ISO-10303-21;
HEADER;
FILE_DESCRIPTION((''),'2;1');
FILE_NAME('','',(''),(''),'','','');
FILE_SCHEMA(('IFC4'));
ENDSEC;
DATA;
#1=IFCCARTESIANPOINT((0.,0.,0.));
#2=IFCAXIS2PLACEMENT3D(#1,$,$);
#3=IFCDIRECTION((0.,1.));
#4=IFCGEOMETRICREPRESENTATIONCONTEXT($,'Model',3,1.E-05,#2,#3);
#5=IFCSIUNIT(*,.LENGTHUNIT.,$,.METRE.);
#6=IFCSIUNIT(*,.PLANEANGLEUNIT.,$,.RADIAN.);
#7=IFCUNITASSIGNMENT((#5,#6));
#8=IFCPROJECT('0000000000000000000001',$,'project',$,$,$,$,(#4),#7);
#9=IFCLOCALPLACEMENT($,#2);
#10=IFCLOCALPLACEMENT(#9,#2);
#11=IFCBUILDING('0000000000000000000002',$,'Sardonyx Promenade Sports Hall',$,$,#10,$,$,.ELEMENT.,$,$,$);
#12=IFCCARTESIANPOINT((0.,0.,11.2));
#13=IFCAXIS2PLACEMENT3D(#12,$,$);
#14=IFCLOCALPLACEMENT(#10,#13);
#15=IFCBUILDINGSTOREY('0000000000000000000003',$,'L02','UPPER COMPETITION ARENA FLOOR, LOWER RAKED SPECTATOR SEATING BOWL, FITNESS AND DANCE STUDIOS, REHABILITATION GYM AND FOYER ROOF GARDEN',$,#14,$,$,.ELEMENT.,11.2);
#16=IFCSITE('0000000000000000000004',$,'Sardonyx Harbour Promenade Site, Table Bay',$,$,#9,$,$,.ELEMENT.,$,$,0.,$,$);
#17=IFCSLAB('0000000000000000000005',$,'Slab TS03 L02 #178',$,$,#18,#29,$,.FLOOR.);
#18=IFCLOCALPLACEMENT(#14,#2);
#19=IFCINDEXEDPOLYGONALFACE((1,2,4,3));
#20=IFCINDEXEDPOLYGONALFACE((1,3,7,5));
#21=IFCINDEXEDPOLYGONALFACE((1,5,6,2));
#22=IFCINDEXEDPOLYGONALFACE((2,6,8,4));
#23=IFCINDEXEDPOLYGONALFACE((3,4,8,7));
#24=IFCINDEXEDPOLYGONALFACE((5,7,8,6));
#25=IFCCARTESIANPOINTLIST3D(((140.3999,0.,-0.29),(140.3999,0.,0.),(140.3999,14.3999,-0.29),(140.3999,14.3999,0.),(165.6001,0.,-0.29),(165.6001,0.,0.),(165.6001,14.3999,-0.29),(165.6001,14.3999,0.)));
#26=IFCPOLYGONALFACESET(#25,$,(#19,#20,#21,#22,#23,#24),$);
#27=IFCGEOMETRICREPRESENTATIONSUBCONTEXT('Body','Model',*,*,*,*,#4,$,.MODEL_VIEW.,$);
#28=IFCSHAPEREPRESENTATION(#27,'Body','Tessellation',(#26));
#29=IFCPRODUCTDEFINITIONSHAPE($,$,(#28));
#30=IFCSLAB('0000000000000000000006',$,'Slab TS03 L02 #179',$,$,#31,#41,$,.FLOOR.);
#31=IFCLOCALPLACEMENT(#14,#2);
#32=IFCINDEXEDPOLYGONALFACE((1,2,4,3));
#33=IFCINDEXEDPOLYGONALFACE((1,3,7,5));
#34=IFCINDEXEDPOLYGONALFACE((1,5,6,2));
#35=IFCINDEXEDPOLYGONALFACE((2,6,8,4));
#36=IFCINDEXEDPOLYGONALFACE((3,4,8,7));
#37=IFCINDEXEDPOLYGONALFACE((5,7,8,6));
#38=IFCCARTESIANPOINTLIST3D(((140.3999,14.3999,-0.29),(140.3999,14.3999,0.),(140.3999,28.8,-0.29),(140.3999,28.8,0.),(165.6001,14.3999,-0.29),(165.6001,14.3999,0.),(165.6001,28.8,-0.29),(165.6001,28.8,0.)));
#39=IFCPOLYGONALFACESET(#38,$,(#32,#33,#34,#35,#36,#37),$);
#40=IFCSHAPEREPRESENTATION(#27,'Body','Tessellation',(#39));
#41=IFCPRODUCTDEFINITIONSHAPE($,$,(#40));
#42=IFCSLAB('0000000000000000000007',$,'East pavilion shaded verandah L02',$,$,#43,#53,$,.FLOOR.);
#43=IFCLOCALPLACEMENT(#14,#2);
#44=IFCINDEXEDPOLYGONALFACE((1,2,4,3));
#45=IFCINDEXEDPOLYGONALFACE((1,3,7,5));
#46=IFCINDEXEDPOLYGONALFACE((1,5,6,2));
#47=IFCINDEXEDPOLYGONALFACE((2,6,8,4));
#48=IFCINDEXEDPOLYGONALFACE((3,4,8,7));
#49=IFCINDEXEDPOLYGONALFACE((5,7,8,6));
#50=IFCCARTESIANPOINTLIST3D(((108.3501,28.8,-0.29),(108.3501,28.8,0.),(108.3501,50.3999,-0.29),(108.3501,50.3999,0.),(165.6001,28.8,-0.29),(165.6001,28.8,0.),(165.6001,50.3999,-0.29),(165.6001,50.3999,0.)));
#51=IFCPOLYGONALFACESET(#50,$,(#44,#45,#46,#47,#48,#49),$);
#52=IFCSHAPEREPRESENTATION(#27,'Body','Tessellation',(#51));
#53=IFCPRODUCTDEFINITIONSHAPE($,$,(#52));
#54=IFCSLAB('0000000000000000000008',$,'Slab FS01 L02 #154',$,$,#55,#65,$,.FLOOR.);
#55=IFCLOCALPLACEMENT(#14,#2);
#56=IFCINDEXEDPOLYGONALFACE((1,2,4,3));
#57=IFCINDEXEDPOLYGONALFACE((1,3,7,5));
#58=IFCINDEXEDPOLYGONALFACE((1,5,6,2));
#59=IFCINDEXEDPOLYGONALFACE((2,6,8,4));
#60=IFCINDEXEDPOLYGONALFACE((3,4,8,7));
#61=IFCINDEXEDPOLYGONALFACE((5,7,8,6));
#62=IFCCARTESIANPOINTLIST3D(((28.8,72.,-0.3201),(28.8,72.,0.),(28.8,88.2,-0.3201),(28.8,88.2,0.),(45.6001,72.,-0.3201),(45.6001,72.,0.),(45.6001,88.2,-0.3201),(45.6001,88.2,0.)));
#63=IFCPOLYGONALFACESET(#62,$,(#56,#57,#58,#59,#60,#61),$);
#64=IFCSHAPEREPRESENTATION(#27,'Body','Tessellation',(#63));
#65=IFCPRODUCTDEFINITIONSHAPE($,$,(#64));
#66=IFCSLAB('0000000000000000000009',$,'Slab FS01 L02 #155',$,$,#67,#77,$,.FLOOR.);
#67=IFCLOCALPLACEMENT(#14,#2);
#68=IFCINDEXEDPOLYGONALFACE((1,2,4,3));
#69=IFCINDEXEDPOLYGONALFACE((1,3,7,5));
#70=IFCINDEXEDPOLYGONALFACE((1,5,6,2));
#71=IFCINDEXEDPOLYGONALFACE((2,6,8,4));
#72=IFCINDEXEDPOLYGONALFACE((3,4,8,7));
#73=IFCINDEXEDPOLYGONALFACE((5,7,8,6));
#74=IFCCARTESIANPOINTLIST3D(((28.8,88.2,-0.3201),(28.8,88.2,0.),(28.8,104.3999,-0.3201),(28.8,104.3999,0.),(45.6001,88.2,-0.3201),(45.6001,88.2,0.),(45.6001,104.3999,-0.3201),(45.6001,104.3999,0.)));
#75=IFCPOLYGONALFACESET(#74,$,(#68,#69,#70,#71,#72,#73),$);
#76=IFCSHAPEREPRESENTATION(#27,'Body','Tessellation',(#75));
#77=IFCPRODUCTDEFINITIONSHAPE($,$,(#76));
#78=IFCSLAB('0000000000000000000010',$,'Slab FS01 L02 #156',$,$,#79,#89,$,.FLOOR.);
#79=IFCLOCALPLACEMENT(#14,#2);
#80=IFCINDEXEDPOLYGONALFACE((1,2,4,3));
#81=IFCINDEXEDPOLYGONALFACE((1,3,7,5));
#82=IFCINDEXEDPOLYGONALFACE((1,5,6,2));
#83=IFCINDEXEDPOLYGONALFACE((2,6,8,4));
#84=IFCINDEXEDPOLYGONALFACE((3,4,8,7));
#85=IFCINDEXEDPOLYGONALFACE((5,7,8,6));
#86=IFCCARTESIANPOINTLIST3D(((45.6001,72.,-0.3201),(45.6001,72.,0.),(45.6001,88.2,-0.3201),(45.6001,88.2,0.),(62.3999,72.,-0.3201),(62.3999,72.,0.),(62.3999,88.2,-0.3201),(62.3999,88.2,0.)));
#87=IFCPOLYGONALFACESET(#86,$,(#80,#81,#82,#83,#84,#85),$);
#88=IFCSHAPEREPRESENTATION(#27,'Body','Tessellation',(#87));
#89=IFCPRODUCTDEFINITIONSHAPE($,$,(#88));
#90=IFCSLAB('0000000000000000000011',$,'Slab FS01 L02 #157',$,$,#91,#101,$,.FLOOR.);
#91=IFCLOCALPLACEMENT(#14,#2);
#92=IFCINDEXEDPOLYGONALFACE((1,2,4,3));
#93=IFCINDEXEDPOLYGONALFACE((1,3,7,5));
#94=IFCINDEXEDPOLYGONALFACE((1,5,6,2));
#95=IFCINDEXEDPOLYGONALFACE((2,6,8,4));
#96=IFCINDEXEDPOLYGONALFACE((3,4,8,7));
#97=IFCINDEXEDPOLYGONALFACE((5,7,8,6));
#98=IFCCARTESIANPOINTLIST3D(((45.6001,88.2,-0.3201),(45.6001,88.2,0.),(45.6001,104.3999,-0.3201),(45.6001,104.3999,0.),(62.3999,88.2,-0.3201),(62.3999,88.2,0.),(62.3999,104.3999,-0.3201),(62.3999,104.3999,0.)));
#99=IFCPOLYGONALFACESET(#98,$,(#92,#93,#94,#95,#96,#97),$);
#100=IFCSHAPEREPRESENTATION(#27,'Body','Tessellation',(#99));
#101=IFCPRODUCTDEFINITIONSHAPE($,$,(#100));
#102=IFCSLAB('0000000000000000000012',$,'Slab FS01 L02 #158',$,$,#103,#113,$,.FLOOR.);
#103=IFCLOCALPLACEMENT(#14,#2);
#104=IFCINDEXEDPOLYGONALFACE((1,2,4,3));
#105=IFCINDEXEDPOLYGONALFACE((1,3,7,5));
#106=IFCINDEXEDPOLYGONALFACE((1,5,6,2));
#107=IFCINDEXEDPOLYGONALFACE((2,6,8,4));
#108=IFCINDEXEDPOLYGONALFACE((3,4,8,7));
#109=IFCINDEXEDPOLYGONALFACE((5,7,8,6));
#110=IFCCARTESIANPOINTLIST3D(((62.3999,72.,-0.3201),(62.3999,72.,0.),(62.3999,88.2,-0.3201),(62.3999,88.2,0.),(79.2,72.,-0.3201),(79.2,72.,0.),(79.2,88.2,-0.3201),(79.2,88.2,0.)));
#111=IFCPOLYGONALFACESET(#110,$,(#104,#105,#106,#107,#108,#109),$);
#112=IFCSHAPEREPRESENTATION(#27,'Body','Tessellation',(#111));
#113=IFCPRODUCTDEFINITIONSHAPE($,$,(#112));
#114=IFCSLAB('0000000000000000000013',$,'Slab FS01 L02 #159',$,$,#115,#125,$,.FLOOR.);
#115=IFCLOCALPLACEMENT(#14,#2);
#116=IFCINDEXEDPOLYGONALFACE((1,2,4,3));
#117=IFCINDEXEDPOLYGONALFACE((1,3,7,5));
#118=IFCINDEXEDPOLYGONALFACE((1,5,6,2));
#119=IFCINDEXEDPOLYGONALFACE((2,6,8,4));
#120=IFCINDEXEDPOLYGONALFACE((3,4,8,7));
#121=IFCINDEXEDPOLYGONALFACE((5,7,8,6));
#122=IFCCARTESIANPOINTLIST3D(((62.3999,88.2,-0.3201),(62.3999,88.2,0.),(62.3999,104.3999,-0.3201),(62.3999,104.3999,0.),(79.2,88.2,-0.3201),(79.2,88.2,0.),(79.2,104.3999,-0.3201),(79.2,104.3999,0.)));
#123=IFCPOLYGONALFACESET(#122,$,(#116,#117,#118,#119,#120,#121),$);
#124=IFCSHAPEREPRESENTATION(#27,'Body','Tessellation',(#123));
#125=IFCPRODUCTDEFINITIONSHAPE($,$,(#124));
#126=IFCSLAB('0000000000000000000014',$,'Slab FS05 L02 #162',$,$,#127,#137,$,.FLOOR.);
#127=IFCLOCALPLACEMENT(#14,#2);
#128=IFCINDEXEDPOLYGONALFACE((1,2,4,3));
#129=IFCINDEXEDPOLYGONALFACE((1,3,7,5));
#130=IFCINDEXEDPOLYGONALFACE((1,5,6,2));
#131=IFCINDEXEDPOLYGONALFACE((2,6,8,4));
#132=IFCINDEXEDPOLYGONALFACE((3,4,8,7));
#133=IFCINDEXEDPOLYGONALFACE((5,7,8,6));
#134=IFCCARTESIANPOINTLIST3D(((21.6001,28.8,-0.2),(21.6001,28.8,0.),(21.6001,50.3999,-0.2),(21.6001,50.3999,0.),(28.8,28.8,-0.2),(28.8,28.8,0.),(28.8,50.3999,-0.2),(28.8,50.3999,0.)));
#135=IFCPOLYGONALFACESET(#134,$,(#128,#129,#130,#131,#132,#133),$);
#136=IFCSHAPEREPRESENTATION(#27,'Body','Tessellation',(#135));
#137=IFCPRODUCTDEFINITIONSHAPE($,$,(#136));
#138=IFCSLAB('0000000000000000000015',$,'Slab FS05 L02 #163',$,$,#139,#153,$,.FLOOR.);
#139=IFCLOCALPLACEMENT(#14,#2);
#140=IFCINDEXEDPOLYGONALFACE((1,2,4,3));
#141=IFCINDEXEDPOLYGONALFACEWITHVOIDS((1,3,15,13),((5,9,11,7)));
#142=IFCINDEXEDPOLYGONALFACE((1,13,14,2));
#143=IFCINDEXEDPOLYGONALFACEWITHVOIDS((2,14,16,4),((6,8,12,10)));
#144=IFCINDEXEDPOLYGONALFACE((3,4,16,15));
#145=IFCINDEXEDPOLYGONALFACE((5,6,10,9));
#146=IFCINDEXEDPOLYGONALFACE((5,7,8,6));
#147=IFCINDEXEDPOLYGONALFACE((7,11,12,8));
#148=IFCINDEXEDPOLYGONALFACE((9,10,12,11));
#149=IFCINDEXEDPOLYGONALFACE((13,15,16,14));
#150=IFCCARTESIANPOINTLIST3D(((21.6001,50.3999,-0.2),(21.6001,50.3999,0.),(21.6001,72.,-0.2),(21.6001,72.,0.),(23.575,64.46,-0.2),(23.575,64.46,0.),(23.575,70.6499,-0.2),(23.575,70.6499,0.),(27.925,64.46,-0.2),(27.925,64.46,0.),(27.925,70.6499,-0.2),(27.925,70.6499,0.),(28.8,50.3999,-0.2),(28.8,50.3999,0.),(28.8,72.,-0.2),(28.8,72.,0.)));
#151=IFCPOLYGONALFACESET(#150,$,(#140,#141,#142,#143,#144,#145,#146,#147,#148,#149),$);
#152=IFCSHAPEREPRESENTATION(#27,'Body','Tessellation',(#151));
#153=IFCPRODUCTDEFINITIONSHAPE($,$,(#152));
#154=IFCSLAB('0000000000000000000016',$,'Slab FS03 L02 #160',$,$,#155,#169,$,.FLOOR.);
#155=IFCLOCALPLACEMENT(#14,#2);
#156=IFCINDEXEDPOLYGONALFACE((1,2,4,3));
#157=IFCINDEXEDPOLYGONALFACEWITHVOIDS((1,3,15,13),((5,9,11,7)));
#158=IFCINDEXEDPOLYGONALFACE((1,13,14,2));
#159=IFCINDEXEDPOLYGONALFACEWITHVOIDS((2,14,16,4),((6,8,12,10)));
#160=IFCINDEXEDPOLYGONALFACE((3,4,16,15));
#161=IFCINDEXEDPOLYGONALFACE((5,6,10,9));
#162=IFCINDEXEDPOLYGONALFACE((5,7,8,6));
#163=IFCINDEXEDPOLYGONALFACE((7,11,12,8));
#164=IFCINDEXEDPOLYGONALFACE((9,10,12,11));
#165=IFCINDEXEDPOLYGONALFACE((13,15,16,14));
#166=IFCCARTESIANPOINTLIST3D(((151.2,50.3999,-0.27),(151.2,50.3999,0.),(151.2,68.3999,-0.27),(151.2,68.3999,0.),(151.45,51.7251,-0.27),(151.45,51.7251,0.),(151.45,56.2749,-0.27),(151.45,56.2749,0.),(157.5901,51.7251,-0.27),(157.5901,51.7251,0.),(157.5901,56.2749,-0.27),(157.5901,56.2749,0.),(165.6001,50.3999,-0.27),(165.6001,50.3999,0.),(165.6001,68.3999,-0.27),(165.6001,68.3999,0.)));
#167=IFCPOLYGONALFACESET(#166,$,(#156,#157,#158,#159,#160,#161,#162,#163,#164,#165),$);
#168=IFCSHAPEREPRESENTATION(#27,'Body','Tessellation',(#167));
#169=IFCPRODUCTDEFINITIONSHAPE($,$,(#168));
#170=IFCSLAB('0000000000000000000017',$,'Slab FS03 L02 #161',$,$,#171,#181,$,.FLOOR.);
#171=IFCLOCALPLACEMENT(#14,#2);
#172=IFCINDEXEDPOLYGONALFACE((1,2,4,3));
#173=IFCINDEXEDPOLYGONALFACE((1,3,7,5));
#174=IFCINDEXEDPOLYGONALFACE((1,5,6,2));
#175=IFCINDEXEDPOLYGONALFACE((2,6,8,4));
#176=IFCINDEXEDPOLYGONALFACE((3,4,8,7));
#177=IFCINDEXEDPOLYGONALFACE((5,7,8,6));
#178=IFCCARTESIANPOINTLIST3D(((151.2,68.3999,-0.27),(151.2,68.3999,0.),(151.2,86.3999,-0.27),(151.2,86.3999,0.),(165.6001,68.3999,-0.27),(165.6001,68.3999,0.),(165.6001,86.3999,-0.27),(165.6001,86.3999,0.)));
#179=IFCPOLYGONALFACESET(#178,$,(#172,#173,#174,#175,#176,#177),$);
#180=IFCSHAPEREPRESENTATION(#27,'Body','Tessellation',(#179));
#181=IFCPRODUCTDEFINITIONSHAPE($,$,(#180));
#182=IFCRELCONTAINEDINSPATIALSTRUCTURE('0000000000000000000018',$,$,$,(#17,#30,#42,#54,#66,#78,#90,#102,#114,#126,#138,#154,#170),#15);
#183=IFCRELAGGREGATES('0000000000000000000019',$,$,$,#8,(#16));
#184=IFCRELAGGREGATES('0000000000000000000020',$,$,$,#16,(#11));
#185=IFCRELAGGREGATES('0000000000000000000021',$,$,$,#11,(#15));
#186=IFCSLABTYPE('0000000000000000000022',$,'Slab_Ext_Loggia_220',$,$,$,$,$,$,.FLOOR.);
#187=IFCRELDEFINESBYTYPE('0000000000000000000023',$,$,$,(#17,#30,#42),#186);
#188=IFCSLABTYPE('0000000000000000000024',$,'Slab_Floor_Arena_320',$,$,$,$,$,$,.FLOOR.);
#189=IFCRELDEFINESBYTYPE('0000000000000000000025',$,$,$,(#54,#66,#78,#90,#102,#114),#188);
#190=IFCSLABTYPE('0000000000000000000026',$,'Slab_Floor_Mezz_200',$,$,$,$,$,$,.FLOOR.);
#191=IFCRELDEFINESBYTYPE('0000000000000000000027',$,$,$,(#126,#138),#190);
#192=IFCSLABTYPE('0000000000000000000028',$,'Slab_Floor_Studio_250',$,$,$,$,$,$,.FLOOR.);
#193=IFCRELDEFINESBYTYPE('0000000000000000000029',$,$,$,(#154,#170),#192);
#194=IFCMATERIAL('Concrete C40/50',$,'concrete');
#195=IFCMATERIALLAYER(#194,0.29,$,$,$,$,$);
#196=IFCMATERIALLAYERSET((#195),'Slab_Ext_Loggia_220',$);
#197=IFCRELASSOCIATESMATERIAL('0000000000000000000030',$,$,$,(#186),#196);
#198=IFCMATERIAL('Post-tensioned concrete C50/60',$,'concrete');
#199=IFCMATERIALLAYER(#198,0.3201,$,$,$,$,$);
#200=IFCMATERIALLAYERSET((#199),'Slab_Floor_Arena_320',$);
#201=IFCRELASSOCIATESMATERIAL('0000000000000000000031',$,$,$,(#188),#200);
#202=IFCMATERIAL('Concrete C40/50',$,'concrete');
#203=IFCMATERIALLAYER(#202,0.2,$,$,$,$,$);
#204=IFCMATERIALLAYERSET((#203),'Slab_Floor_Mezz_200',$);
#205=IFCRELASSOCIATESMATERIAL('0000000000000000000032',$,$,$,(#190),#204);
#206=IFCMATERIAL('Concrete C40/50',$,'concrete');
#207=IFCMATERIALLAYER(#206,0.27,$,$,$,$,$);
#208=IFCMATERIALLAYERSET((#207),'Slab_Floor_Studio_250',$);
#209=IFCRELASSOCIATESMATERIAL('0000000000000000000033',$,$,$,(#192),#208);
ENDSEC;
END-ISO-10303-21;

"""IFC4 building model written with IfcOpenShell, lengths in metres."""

from ifc_helpers import new_model, si_unit, direction, frame, origin, place, context, subcontext, project, spatial, polyline, outline, extrude, material, layer, layer_set, type_object, element, save


model = new_model("IFC4")

# Units and contexts
model_context = context("Model", 3, precision=1e-05, world=origin(), true_north=direction((0.0, 1.0)))
body_context = subcontext(model_context, "Body", "Model", "MODEL_VIEW")
ifc_project = project(units=[si_unit("LENGTHUNIT", "METRE"), si_unit("PLANEANGLEUNIT", "RADIAN")], contexts=[model_context])

# Site, building, storey
site_placement = place(None, origin())
site = spatial("IfcSite", under=ifc_project, at=site_placement, Name="Sardonyx Harbour Promenade Site, Table Bay", CompositionType="ELEMENT", RefElevation=0.0)
building_placement = place(site_placement, origin())
building = spatial("IfcBuilding", under=site, at=building_placement, Name="Sardonyx Promenade Sports Hall", CompositionType="ELEMENT")
storey_placement = place(building_placement, frame((0.0, 0.0, 11.2)))
storey = spatial("IfcBuildingStorey", under=building, at=storey_placement, Name="L02", Description="UPPER COMPETITION ARENA FLOOR, LOWER RAKED SPECTATOR SEATING BOWL, FITNESS AND DANCE STUDIOS, REHABILITATION GYM AND FOYER ROOF GARDEN", CompositionType="ELEMENT", Elevation=11.2)

# Slabs
ifc_material_1 = material(Name="Concrete C40/50", Category="concrete")
ifc_layer_1 = layer(ifc_material_1, 0.29)
ifc_layer_set_1 = layer_set([ifc_layer_1], Name="Slab_Ext_Loggia_220")
slab_type_1 = type_object("IfcSlabType", Name="Slab_Ext_Loggia_220", PredefinedType="FLOOR", material=ifc_layer_set_1)
slab_1_placement = place(storey_placement, frame((0.0, 0.0, -0.29)))
element("IfcSlab", 1, at=slab_1_placement, inside=storey, type_object=slab_type_1, Name="Slab TS03 L02 #178", PredefinedType="FLOOR", context=body_context, shape_type="SweptSolid", body=[
    extrude(outline(polyline([(140.3999, 0.0), (165.6001, 0.0), (165.6001, 14.3999), (140.3999, 14.3999), (140.3999, 0.0)])), origin(), (0.0, 0.0, 1.0), 0.29),
])
slab_2_placement = place(storey_placement, frame((0.0, 0.0, -0.29)))
element("IfcSlab", 2, at=slab_2_placement, inside=storey, type_object=slab_type_1, Name="Slab TS03 L02 #179", PredefinedType="FLOOR", context=body_context, shape_type="SweptSolid", body=[
    extrude(outline(polyline([(140.3999, 14.3999), (165.6001, 14.3999), (165.6001, 28.8), (140.3999, 28.8), (140.3999, 14.3999)])), origin(), (0.0, 0.0, 1.0), 0.29),
])
slab_3_placement = place(storey_placement, frame((0.0, 0.0, -0.29)))
element("IfcSlab", 3, at=slab_3_placement, inside=storey, type_object=slab_type_1, Name="East pavilion shaded verandah L02", PredefinedType="FLOOR", context=body_context, shape_type="SweptSolid", body=[
    extrude(outline(polyline([(108.3501, 28.8), (165.6001, 28.8), (165.6001, 50.3999), (108.3501, 50.3999), (108.3501, 28.8)])), origin(), (0.0, 0.0, 1.0), 0.29),
])
ifc_material_2 = material(Name="Post-tensioned concrete C50/60", Category="concrete")
ifc_layer_2 = layer(ifc_material_2, 0.3201)
ifc_layer_set_2 = layer_set([ifc_layer_2], Name="Slab_Floor_Arena_320")
slab_type_2 = type_object("IfcSlabType", Name="Slab_Floor_Arena_320", PredefinedType="FLOOR", material=ifc_layer_set_2)
slab_4_placement = place(storey_placement, frame((0.0, 0.0, -0.3201)))
element("IfcSlab", 4, at=slab_4_placement, inside=storey, type_object=slab_type_2, Name="Slab FS01 L02 #154", PredefinedType="FLOOR", context=body_context, shape_type="SweptSolid", body=[
    extrude(outline(polyline([(28.8, 72.0), (45.6001, 72.0), (45.6001, 88.2), (28.8, 88.2), (28.8, 72.0)])), origin(), (0.0, 0.0, 1.0), 0.3201),
])
slab_5_placement = place(storey_placement, frame((0.0, 0.0, -0.3201)))
element("IfcSlab", 5, at=slab_5_placement, inside=storey, type_object=slab_type_2, Name="Slab FS01 L02 #155", PredefinedType="FLOOR", context=body_context, shape_type="SweptSolid", body=[
    extrude(outline(polyline([(28.8, 88.2), (45.6001, 88.2), (45.6001, 104.3999), (28.8, 104.3999), (28.8, 88.2)])), origin(), (0.0, 0.0, 1.0), 0.3201),
])
slab_6_placement = place(storey_placement, frame((0.0, 0.0, -0.3201)))
element("IfcSlab", 6, at=slab_6_placement, inside=storey, type_object=slab_type_2, Name="Slab FS01 L02 #156", PredefinedType="FLOOR", context=body_context, shape_type="SweptSolid", body=[
    extrude(outline(polyline([(45.6001, 72.0), (62.3999, 72.0), (62.3999, 88.2), (45.6001, 88.2), (45.6001, 72.0)])), origin(), (0.0, 0.0, 1.0), 0.3201),
])
slab_7_placement = place(storey_placement, frame((0.0, 0.0, -0.3201)))
element("IfcSlab", 7, at=slab_7_placement, inside=storey, type_object=slab_type_2, Name="Slab FS01 L02 #157", PredefinedType="FLOOR", context=body_context, shape_type="SweptSolid", body=[
    extrude(outline(polyline([(45.6001, 88.2), (62.3999, 88.2), (62.3999, 104.3999), (45.6001, 104.3999), (45.6001, 88.2)])), origin(), (0.0, 0.0, 1.0), 0.3201),
])
slab_8_placement = place(storey_placement, frame((0.0, 0.0, -0.3201)))
element("IfcSlab", 8, at=slab_8_placement, inside=storey, type_object=slab_type_2, Name="Slab FS01 L02 #158", PredefinedType="FLOOR", context=body_context, shape_type="SweptSolid", body=[
    extrude(outline(polyline([(62.3999, 72.0), (79.2, 72.0), (79.2, 88.2), (62.3999, 88.2), (62.3999, 72.0)])), origin(), (0.0, 0.0, 1.0), 0.3201),
])
slab_9_placement = place(storey_placement, frame((0.0, 0.0, -0.3201)))
element("IfcSlab", 9, at=slab_9_placement, inside=storey, type_object=slab_type_2, Name="Slab FS01 L02 #159", PredefinedType="FLOOR", context=body_context, shape_type="SweptSolid", body=[
    extrude(outline(polyline([(62.3999, 88.2), (79.2, 88.2), (79.2, 104.3999), (62.3999, 104.3999), (62.3999, 88.2)])), origin(), (0.0, 0.0, 1.0), 0.3201),
])
ifc_material_3 = material(Name="Concrete C40/50", Category="concrete")
ifc_layer_3 = layer(ifc_material_3, 0.2)
ifc_layer_set_3 = layer_set([ifc_layer_3], Name="Slab_Floor_Mezz_200")
slab_type_3 = type_object("IfcSlabType", Name="Slab_Floor_Mezz_200", PredefinedType="FLOOR", material=ifc_layer_set_3)
slab_10_placement = place(storey_placement, frame((0.0, 0.0, -0.2)))
element("IfcSlab", 10, at=slab_10_placement, inside=storey, type_object=slab_type_3, Name="Slab FS05 L02 #162", PredefinedType="FLOOR", context=body_context, shape_type="SweptSolid", body=[
    extrude(outline(polyline([(21.6001, 28.8), (28.8, 28.8), (28.8, 50.3999), (21.6001, 50.3999), (21.6001, 28.8)])), origin(), (0.0, 0.0, 1.0), 0.2),
])
slab_11_placement = place(storey_placement, frame((0.0, 0.0, -0.2)))
element("IfcSlab", 11, at=slab_11_placement, inside=storey, type_object=slab_type_3, Name="Slab FS05 L02 #163", PredefinedType="FLOOR", context=body_context, shape_type="SweptSolid", body=[
    extrude(outline(polyline([(21.6001, 72.0), (21.6001, 50.3999), (28.8, 50.3999), (28.8, 72.0), (21.6001, 72.0)]), holes=[polyline([(27.925, 70.6499), (27.925, 64.46), (23.575, 64.46), (23.575, 70.6499), (27.925, 70.6499)])]), origin(), (0.0, 0.0, 1.0), 0.2),
])
ifc_material_4 = material(Name="Concrete C40/50", Category="concrete")
ifc_layer_4 = layer(ifc_material_4, 0.27)
ifc_layer_set_4 = layer_set([ifc_layer_4], Name="Slab_Floor_Studio_250")
slab_type_4 = type_object("IfcSlabType", Name="Slab_Floor_Studio_250", PredefinedType="FLOOR", material=ifc_layer_set_4)
slab_12_placement = place(storey_placement, frame((0.0, 0.0, -0.27)))
element("IfcSlab", 12, at=slab_12_placement, inside=storey, type_object=slab_type_4, Name="Slab FS03 L02 #160", PredefinedType="FLOOR", context=body_context, shape_type="SweptSolid", body=[
    extrude(outline(polyline([(151.2, 68.3999), (151.2, 50.3999), (165.6001, 50.3999), (165.6001, 68.3999), (151.2, 68.3999)]), holes=[polyline([(157.5901, 56.2749), (157.5901, 51.7251), (151.45, 51.7251), (151.45, 56.2749), (157.5901, 56.2749)])]), origin(), (0.0, 0.0, 1.0), 0.27),
])
slab_13_placement = place(storey_placement, frame((0.0, 0.0, -0.27)))
element("IfcSlab", 13, at=slab_13_placement, inside=storey, type_object=slab_type_4, Name="Slab FS03 L02 #161", PredefinedType="FLOOR", context=body_context, shape_type="SweptSolid", body=[
    extrude(outline(polyline([(151.2, 68.3999), (165.6001, 68.3999), (165.6001, 86.3999), (151.2, 86.3999), (151.2, 68.3999)])), origin(), (0.0, 0.0, 1.0), 0.27),
])

save(model, "model.ifc")
